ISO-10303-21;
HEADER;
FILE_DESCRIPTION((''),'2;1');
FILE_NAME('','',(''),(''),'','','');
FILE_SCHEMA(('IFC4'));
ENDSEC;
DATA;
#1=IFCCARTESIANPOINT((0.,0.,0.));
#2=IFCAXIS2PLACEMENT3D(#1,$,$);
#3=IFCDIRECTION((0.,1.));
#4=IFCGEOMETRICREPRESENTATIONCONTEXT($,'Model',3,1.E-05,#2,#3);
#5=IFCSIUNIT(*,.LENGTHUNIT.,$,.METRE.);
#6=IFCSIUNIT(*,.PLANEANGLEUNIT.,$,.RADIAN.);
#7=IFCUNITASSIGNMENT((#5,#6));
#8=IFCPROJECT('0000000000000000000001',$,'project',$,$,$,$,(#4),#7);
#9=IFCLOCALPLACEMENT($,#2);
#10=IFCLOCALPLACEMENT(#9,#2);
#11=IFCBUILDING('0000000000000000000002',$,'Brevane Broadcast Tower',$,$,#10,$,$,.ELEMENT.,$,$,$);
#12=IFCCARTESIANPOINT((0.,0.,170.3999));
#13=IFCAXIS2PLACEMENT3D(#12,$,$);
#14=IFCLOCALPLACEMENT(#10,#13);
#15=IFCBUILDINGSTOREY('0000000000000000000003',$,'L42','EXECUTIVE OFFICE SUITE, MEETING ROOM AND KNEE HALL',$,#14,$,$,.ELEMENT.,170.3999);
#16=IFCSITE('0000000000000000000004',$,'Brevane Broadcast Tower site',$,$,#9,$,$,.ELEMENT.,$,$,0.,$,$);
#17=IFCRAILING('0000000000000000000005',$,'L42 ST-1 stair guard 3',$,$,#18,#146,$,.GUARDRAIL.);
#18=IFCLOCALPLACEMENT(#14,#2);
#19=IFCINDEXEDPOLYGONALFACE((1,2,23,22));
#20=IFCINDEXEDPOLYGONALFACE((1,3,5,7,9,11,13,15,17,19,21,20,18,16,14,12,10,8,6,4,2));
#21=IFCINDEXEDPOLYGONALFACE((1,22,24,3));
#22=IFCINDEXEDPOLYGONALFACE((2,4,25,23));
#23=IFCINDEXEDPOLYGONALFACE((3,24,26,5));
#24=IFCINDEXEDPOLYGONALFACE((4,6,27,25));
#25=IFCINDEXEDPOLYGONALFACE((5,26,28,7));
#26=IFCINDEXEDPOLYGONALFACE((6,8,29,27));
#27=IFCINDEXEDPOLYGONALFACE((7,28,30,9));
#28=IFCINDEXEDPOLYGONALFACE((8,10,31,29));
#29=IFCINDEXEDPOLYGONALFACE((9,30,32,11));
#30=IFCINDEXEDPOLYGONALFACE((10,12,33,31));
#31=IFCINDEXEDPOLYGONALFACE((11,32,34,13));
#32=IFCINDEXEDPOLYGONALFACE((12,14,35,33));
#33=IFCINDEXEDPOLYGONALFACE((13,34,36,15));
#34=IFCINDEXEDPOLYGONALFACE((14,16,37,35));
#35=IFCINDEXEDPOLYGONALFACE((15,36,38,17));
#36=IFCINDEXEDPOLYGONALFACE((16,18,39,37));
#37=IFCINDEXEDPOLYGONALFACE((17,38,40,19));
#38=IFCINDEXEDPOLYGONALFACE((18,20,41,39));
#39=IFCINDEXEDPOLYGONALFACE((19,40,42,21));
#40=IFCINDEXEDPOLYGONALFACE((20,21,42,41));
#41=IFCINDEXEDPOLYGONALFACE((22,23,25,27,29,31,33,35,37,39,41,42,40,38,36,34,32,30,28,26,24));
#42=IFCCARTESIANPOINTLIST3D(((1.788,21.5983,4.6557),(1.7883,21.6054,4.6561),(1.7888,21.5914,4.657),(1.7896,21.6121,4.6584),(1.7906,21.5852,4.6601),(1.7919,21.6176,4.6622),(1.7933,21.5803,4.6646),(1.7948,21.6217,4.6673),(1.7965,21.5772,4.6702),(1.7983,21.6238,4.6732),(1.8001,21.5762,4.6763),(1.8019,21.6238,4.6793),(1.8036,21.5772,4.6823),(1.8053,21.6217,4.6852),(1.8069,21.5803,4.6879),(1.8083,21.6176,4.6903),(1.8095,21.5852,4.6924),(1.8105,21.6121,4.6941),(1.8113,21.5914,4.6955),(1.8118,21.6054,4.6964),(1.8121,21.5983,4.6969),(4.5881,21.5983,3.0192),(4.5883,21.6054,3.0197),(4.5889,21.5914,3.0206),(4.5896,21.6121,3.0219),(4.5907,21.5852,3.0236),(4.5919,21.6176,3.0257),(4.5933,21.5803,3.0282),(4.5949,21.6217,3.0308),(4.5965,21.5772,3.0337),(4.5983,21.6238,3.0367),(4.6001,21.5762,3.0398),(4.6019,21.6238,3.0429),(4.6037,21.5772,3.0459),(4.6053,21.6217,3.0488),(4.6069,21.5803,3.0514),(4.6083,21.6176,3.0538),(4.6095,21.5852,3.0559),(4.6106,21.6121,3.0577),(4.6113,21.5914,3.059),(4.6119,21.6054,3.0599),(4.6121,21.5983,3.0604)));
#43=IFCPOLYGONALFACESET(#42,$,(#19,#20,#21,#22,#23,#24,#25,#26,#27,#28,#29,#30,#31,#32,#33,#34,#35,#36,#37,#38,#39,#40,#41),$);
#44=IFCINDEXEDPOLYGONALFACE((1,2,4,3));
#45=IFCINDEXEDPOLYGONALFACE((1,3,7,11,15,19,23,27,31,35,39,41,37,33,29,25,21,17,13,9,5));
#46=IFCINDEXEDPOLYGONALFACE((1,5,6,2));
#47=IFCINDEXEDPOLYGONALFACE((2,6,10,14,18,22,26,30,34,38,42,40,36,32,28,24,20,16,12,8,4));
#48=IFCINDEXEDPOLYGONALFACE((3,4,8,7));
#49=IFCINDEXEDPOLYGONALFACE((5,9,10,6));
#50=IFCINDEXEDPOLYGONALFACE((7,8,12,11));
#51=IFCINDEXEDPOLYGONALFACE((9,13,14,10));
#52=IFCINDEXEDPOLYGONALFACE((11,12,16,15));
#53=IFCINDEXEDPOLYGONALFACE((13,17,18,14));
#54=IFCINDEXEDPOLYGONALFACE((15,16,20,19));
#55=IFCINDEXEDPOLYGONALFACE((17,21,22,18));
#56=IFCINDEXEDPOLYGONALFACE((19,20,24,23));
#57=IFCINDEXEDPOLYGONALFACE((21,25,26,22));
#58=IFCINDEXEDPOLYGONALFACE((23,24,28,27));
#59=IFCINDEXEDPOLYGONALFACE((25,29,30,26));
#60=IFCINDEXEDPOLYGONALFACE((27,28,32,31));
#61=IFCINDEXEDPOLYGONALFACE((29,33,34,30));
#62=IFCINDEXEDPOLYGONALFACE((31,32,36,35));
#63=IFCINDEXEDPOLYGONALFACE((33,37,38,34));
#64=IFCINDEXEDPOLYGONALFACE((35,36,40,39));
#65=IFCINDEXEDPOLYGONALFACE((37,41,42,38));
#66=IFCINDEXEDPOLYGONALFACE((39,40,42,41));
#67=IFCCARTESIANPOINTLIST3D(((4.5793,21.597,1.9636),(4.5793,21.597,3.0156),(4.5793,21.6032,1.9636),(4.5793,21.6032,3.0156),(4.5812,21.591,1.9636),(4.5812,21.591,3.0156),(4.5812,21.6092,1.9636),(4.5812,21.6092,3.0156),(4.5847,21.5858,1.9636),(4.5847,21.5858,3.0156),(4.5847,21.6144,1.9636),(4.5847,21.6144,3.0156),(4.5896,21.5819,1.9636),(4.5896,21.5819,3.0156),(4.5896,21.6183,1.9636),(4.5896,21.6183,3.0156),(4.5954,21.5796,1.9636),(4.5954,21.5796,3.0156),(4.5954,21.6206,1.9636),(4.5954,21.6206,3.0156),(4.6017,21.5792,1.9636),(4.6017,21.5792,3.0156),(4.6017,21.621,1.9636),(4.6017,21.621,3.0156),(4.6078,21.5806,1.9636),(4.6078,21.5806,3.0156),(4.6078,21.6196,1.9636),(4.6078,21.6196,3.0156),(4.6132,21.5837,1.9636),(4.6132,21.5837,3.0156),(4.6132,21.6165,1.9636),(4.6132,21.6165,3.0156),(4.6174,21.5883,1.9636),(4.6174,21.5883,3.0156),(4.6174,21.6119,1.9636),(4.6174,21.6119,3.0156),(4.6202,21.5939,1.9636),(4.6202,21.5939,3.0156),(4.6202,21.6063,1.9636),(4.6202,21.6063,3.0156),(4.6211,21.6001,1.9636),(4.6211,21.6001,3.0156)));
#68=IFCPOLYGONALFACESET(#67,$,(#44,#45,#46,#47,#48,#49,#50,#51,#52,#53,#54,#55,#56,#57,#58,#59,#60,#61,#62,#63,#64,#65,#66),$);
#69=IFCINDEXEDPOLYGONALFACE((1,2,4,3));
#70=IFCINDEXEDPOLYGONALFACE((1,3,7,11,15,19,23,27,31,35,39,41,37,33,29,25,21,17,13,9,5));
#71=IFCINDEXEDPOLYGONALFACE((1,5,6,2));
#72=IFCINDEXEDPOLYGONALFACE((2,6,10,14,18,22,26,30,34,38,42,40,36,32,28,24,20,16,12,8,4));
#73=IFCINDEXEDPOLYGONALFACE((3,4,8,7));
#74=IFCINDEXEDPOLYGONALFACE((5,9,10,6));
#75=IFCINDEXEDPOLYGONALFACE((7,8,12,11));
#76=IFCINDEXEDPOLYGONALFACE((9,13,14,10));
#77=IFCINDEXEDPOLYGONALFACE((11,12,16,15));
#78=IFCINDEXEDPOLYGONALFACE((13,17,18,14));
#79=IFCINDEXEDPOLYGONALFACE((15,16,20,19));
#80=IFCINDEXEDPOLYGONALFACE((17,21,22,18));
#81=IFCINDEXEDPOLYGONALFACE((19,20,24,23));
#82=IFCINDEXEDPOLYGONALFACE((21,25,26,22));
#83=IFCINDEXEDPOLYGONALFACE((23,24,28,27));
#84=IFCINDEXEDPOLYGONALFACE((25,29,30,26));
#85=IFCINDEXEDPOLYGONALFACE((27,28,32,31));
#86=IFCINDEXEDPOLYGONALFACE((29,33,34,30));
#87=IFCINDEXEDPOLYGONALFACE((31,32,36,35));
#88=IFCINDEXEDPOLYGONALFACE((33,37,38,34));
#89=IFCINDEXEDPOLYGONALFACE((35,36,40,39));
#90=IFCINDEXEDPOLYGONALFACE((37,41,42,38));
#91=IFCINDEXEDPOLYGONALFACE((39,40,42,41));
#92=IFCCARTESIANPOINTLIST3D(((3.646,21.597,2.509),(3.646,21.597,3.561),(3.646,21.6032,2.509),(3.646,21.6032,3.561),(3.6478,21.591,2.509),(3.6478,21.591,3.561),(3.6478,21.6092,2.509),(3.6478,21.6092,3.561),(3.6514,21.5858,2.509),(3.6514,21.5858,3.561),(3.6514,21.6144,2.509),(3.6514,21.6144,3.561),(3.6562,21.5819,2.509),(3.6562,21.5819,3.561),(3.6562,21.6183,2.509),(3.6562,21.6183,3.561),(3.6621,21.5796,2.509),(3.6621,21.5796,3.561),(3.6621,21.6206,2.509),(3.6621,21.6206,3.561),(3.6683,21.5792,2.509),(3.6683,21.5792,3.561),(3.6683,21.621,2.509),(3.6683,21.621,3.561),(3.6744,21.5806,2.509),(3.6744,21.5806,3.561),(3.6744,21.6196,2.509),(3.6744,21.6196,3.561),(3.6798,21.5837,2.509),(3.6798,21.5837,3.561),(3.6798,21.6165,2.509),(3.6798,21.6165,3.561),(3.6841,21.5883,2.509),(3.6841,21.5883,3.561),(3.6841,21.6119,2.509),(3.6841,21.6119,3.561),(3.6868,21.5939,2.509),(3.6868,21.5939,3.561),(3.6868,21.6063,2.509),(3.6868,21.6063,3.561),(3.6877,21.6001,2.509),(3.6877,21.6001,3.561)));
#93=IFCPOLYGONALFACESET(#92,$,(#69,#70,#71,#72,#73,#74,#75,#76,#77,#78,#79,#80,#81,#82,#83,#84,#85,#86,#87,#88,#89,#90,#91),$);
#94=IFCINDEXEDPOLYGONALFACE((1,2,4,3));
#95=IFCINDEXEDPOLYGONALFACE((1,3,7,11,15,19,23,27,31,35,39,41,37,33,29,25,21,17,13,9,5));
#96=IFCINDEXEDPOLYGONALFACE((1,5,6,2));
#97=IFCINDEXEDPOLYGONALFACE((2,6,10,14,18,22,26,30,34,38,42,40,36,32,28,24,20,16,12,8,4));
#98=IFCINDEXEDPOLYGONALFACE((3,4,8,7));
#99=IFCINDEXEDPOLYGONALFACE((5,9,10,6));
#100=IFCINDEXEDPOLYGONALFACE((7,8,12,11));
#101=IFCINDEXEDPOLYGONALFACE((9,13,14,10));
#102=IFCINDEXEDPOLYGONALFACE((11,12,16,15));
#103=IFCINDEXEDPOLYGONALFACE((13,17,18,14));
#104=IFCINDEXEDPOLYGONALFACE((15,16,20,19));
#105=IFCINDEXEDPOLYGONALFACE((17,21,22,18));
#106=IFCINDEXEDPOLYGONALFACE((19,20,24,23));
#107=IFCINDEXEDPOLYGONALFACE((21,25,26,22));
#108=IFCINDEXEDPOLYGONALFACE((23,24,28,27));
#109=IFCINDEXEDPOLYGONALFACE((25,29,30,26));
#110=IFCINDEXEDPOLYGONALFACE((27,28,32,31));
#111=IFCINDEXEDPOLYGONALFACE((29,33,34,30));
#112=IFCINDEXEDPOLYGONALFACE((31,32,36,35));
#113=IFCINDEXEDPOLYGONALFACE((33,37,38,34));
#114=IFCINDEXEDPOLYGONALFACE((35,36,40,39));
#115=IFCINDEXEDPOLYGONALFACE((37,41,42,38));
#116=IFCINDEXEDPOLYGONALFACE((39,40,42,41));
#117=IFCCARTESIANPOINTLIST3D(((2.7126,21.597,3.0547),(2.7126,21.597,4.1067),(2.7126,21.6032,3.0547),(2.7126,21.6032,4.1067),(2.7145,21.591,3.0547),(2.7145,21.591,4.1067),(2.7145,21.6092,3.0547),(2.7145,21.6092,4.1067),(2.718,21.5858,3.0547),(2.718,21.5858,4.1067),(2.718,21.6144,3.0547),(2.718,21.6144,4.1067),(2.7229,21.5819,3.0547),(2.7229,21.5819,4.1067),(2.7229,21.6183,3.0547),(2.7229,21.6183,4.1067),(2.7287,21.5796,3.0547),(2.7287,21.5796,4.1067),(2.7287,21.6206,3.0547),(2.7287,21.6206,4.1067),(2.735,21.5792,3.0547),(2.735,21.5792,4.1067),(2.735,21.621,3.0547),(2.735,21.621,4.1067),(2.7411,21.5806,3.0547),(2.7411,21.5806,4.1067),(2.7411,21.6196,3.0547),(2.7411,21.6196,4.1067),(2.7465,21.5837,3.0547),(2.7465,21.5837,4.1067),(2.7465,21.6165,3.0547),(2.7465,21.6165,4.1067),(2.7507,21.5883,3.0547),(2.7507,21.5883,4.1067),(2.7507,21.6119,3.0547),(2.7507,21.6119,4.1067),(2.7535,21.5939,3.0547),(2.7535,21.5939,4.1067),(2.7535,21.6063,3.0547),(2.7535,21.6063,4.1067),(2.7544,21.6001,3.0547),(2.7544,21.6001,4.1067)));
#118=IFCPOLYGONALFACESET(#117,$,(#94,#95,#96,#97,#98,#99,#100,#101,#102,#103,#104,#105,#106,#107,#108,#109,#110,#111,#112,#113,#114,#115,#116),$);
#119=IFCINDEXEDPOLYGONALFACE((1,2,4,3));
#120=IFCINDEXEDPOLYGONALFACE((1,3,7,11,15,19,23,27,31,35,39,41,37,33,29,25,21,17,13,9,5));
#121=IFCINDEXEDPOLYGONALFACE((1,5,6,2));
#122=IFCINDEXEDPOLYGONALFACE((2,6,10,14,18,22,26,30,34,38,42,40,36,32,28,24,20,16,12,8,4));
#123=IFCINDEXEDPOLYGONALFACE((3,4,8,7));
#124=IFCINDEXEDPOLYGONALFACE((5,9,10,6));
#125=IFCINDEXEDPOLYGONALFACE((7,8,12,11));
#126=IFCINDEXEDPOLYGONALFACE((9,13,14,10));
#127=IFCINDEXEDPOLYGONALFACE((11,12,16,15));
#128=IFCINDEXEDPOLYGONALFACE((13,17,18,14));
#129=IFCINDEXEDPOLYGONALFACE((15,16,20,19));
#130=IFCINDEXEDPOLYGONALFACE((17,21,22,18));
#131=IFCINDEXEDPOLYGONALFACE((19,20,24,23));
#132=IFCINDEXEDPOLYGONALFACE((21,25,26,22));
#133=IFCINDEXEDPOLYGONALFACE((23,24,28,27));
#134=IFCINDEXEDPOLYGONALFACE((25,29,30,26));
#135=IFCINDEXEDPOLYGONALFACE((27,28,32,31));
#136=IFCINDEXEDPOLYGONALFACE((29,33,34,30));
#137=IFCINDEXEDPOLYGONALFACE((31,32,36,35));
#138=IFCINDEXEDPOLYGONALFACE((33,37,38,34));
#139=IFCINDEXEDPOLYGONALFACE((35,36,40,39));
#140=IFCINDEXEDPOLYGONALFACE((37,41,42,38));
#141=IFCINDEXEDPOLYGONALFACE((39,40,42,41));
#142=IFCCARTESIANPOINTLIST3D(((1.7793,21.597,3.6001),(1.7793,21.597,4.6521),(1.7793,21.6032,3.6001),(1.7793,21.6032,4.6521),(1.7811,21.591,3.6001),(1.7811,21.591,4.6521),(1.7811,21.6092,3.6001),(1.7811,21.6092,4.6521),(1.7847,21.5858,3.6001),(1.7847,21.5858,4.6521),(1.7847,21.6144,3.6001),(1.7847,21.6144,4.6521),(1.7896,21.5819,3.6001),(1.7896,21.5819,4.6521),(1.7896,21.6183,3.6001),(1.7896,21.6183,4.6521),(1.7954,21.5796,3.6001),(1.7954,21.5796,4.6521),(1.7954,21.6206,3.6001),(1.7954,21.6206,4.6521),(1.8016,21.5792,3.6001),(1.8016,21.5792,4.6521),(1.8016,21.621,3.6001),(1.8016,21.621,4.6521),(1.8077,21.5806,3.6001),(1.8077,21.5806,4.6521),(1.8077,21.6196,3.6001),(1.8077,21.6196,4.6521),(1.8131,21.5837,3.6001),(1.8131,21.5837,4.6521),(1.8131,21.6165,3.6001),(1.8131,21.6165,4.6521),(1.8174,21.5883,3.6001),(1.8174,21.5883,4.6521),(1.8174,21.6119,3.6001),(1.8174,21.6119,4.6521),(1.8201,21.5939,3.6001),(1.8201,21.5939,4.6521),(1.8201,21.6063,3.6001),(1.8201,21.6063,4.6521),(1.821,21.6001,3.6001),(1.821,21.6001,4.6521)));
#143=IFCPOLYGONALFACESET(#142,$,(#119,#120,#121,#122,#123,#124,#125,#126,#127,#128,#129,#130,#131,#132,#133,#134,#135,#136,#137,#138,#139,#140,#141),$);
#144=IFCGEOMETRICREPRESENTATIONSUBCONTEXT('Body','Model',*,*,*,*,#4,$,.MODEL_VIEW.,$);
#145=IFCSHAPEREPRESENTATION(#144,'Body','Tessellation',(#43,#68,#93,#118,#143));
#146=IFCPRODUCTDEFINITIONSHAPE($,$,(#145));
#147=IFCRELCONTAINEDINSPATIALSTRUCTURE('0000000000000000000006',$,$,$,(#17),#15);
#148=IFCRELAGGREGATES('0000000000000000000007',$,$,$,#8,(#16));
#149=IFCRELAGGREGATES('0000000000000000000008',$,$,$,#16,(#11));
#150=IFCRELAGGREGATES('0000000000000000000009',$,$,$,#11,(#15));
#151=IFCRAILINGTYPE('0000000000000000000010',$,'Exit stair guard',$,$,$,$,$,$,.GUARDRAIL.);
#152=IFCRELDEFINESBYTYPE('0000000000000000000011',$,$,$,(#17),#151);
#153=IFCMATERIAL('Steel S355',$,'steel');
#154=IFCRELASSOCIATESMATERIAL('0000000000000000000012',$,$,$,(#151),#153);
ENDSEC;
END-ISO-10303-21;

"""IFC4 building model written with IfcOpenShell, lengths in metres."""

from ifc_helpers import new_model, si_unit, direction, frame, origin, origin_2d, place, context, subcontext, project, spatial, circle, extrude, material, type_object, element, save


model = new_model("IFC4")

# Units and contexts
model_context = context("Model", 3, precision=1e-05, world=origin(), true_north=direction((0.0, 1.0)))
body_context = subcontext(model_context, "Body", "Model", "MODEL_VIEW")
ifc_project = project(units=[si_unit("LENGTHUNIT", "METRE"), si_unit("PLANEANGLEUNIT", "RADIAN")], contexts=[model_context])

# Site, building, storey
site_placement = place(None, origin())
site = spatial("IfcSite", under=ifc_project, at=site_placement, Name="Brevane Broadcast Tower site", CompositionType="ELEMENT", RefElevation=0.0)
building_placement = place(site_placement, origin())
building = spatial("IfcBuilding", under=site, at=building_placement, Name="Brevane Broadcast Tower", CompositionType="ELEMENT")
storey_placement = place(building_placement, frame((0.0, 0.0, 170.3999)))
storey = spatial("IfcBuildingStorey", under=building, at=storey_placement, Name="L42", Description="EXECUTIVE OFFICE SUITE, MEETING ROOM AND KNEE HALL", CompositionType="ELEMENT", Elevation=170.3999)

# Railing
ifc_material_1 = material(Name="Steel S355", Category="steel")
railing_type_1 = type_object("IfcRailingType", Name="Exit stair guard", PredefinedType="GUARDRAIL", material=ifc_material_1)
railing_1_placement = place(storey_placement, frame((4.6001, 21.6001, 1.9636)))
element("IfcRailing", 1, at=railing_1_placement, inside=storey, type_object=railing_type_1, Name="L42 ST-1 stair guard 3", PredefinedType="GUARDRAIL", context=body_context, shape_type="SweptSolid", body=[
    extrude(circle(Radius=0.0239, at=origin_2d()), frame((0.0, 0.0, 1.0762), z_axis=(-0.863361, 0.0, 0.504587), x_axis=(0.0, -1.0, 0.0)), (0.0, 0.0, 1.0), 3.2432),
    extrude(circle(Radius=0.021, at=origin_2d()), origin(), (0.0, 0.0, 1.0), 1.052),
    extrude(circle(Radius=0.021, at=origin_2d()), frame((-0.9333, 0.0, 0.5454)), (0.0, 0.0, 1.0), 1.052),
    extrude(circle(Radius=0.021, at=origin_2d()), frame((-1.8667, 0.0, 1.0911)), (0.0, 0.0, 1.0), 1.052),
    extrude(circle(Radius=0.021, at=origin_2d()), frame((-2.8, 0.0, 1.6365)), (0.0, 0.0, 1.0), 1.052),
])

save(model, "model.ifc")
